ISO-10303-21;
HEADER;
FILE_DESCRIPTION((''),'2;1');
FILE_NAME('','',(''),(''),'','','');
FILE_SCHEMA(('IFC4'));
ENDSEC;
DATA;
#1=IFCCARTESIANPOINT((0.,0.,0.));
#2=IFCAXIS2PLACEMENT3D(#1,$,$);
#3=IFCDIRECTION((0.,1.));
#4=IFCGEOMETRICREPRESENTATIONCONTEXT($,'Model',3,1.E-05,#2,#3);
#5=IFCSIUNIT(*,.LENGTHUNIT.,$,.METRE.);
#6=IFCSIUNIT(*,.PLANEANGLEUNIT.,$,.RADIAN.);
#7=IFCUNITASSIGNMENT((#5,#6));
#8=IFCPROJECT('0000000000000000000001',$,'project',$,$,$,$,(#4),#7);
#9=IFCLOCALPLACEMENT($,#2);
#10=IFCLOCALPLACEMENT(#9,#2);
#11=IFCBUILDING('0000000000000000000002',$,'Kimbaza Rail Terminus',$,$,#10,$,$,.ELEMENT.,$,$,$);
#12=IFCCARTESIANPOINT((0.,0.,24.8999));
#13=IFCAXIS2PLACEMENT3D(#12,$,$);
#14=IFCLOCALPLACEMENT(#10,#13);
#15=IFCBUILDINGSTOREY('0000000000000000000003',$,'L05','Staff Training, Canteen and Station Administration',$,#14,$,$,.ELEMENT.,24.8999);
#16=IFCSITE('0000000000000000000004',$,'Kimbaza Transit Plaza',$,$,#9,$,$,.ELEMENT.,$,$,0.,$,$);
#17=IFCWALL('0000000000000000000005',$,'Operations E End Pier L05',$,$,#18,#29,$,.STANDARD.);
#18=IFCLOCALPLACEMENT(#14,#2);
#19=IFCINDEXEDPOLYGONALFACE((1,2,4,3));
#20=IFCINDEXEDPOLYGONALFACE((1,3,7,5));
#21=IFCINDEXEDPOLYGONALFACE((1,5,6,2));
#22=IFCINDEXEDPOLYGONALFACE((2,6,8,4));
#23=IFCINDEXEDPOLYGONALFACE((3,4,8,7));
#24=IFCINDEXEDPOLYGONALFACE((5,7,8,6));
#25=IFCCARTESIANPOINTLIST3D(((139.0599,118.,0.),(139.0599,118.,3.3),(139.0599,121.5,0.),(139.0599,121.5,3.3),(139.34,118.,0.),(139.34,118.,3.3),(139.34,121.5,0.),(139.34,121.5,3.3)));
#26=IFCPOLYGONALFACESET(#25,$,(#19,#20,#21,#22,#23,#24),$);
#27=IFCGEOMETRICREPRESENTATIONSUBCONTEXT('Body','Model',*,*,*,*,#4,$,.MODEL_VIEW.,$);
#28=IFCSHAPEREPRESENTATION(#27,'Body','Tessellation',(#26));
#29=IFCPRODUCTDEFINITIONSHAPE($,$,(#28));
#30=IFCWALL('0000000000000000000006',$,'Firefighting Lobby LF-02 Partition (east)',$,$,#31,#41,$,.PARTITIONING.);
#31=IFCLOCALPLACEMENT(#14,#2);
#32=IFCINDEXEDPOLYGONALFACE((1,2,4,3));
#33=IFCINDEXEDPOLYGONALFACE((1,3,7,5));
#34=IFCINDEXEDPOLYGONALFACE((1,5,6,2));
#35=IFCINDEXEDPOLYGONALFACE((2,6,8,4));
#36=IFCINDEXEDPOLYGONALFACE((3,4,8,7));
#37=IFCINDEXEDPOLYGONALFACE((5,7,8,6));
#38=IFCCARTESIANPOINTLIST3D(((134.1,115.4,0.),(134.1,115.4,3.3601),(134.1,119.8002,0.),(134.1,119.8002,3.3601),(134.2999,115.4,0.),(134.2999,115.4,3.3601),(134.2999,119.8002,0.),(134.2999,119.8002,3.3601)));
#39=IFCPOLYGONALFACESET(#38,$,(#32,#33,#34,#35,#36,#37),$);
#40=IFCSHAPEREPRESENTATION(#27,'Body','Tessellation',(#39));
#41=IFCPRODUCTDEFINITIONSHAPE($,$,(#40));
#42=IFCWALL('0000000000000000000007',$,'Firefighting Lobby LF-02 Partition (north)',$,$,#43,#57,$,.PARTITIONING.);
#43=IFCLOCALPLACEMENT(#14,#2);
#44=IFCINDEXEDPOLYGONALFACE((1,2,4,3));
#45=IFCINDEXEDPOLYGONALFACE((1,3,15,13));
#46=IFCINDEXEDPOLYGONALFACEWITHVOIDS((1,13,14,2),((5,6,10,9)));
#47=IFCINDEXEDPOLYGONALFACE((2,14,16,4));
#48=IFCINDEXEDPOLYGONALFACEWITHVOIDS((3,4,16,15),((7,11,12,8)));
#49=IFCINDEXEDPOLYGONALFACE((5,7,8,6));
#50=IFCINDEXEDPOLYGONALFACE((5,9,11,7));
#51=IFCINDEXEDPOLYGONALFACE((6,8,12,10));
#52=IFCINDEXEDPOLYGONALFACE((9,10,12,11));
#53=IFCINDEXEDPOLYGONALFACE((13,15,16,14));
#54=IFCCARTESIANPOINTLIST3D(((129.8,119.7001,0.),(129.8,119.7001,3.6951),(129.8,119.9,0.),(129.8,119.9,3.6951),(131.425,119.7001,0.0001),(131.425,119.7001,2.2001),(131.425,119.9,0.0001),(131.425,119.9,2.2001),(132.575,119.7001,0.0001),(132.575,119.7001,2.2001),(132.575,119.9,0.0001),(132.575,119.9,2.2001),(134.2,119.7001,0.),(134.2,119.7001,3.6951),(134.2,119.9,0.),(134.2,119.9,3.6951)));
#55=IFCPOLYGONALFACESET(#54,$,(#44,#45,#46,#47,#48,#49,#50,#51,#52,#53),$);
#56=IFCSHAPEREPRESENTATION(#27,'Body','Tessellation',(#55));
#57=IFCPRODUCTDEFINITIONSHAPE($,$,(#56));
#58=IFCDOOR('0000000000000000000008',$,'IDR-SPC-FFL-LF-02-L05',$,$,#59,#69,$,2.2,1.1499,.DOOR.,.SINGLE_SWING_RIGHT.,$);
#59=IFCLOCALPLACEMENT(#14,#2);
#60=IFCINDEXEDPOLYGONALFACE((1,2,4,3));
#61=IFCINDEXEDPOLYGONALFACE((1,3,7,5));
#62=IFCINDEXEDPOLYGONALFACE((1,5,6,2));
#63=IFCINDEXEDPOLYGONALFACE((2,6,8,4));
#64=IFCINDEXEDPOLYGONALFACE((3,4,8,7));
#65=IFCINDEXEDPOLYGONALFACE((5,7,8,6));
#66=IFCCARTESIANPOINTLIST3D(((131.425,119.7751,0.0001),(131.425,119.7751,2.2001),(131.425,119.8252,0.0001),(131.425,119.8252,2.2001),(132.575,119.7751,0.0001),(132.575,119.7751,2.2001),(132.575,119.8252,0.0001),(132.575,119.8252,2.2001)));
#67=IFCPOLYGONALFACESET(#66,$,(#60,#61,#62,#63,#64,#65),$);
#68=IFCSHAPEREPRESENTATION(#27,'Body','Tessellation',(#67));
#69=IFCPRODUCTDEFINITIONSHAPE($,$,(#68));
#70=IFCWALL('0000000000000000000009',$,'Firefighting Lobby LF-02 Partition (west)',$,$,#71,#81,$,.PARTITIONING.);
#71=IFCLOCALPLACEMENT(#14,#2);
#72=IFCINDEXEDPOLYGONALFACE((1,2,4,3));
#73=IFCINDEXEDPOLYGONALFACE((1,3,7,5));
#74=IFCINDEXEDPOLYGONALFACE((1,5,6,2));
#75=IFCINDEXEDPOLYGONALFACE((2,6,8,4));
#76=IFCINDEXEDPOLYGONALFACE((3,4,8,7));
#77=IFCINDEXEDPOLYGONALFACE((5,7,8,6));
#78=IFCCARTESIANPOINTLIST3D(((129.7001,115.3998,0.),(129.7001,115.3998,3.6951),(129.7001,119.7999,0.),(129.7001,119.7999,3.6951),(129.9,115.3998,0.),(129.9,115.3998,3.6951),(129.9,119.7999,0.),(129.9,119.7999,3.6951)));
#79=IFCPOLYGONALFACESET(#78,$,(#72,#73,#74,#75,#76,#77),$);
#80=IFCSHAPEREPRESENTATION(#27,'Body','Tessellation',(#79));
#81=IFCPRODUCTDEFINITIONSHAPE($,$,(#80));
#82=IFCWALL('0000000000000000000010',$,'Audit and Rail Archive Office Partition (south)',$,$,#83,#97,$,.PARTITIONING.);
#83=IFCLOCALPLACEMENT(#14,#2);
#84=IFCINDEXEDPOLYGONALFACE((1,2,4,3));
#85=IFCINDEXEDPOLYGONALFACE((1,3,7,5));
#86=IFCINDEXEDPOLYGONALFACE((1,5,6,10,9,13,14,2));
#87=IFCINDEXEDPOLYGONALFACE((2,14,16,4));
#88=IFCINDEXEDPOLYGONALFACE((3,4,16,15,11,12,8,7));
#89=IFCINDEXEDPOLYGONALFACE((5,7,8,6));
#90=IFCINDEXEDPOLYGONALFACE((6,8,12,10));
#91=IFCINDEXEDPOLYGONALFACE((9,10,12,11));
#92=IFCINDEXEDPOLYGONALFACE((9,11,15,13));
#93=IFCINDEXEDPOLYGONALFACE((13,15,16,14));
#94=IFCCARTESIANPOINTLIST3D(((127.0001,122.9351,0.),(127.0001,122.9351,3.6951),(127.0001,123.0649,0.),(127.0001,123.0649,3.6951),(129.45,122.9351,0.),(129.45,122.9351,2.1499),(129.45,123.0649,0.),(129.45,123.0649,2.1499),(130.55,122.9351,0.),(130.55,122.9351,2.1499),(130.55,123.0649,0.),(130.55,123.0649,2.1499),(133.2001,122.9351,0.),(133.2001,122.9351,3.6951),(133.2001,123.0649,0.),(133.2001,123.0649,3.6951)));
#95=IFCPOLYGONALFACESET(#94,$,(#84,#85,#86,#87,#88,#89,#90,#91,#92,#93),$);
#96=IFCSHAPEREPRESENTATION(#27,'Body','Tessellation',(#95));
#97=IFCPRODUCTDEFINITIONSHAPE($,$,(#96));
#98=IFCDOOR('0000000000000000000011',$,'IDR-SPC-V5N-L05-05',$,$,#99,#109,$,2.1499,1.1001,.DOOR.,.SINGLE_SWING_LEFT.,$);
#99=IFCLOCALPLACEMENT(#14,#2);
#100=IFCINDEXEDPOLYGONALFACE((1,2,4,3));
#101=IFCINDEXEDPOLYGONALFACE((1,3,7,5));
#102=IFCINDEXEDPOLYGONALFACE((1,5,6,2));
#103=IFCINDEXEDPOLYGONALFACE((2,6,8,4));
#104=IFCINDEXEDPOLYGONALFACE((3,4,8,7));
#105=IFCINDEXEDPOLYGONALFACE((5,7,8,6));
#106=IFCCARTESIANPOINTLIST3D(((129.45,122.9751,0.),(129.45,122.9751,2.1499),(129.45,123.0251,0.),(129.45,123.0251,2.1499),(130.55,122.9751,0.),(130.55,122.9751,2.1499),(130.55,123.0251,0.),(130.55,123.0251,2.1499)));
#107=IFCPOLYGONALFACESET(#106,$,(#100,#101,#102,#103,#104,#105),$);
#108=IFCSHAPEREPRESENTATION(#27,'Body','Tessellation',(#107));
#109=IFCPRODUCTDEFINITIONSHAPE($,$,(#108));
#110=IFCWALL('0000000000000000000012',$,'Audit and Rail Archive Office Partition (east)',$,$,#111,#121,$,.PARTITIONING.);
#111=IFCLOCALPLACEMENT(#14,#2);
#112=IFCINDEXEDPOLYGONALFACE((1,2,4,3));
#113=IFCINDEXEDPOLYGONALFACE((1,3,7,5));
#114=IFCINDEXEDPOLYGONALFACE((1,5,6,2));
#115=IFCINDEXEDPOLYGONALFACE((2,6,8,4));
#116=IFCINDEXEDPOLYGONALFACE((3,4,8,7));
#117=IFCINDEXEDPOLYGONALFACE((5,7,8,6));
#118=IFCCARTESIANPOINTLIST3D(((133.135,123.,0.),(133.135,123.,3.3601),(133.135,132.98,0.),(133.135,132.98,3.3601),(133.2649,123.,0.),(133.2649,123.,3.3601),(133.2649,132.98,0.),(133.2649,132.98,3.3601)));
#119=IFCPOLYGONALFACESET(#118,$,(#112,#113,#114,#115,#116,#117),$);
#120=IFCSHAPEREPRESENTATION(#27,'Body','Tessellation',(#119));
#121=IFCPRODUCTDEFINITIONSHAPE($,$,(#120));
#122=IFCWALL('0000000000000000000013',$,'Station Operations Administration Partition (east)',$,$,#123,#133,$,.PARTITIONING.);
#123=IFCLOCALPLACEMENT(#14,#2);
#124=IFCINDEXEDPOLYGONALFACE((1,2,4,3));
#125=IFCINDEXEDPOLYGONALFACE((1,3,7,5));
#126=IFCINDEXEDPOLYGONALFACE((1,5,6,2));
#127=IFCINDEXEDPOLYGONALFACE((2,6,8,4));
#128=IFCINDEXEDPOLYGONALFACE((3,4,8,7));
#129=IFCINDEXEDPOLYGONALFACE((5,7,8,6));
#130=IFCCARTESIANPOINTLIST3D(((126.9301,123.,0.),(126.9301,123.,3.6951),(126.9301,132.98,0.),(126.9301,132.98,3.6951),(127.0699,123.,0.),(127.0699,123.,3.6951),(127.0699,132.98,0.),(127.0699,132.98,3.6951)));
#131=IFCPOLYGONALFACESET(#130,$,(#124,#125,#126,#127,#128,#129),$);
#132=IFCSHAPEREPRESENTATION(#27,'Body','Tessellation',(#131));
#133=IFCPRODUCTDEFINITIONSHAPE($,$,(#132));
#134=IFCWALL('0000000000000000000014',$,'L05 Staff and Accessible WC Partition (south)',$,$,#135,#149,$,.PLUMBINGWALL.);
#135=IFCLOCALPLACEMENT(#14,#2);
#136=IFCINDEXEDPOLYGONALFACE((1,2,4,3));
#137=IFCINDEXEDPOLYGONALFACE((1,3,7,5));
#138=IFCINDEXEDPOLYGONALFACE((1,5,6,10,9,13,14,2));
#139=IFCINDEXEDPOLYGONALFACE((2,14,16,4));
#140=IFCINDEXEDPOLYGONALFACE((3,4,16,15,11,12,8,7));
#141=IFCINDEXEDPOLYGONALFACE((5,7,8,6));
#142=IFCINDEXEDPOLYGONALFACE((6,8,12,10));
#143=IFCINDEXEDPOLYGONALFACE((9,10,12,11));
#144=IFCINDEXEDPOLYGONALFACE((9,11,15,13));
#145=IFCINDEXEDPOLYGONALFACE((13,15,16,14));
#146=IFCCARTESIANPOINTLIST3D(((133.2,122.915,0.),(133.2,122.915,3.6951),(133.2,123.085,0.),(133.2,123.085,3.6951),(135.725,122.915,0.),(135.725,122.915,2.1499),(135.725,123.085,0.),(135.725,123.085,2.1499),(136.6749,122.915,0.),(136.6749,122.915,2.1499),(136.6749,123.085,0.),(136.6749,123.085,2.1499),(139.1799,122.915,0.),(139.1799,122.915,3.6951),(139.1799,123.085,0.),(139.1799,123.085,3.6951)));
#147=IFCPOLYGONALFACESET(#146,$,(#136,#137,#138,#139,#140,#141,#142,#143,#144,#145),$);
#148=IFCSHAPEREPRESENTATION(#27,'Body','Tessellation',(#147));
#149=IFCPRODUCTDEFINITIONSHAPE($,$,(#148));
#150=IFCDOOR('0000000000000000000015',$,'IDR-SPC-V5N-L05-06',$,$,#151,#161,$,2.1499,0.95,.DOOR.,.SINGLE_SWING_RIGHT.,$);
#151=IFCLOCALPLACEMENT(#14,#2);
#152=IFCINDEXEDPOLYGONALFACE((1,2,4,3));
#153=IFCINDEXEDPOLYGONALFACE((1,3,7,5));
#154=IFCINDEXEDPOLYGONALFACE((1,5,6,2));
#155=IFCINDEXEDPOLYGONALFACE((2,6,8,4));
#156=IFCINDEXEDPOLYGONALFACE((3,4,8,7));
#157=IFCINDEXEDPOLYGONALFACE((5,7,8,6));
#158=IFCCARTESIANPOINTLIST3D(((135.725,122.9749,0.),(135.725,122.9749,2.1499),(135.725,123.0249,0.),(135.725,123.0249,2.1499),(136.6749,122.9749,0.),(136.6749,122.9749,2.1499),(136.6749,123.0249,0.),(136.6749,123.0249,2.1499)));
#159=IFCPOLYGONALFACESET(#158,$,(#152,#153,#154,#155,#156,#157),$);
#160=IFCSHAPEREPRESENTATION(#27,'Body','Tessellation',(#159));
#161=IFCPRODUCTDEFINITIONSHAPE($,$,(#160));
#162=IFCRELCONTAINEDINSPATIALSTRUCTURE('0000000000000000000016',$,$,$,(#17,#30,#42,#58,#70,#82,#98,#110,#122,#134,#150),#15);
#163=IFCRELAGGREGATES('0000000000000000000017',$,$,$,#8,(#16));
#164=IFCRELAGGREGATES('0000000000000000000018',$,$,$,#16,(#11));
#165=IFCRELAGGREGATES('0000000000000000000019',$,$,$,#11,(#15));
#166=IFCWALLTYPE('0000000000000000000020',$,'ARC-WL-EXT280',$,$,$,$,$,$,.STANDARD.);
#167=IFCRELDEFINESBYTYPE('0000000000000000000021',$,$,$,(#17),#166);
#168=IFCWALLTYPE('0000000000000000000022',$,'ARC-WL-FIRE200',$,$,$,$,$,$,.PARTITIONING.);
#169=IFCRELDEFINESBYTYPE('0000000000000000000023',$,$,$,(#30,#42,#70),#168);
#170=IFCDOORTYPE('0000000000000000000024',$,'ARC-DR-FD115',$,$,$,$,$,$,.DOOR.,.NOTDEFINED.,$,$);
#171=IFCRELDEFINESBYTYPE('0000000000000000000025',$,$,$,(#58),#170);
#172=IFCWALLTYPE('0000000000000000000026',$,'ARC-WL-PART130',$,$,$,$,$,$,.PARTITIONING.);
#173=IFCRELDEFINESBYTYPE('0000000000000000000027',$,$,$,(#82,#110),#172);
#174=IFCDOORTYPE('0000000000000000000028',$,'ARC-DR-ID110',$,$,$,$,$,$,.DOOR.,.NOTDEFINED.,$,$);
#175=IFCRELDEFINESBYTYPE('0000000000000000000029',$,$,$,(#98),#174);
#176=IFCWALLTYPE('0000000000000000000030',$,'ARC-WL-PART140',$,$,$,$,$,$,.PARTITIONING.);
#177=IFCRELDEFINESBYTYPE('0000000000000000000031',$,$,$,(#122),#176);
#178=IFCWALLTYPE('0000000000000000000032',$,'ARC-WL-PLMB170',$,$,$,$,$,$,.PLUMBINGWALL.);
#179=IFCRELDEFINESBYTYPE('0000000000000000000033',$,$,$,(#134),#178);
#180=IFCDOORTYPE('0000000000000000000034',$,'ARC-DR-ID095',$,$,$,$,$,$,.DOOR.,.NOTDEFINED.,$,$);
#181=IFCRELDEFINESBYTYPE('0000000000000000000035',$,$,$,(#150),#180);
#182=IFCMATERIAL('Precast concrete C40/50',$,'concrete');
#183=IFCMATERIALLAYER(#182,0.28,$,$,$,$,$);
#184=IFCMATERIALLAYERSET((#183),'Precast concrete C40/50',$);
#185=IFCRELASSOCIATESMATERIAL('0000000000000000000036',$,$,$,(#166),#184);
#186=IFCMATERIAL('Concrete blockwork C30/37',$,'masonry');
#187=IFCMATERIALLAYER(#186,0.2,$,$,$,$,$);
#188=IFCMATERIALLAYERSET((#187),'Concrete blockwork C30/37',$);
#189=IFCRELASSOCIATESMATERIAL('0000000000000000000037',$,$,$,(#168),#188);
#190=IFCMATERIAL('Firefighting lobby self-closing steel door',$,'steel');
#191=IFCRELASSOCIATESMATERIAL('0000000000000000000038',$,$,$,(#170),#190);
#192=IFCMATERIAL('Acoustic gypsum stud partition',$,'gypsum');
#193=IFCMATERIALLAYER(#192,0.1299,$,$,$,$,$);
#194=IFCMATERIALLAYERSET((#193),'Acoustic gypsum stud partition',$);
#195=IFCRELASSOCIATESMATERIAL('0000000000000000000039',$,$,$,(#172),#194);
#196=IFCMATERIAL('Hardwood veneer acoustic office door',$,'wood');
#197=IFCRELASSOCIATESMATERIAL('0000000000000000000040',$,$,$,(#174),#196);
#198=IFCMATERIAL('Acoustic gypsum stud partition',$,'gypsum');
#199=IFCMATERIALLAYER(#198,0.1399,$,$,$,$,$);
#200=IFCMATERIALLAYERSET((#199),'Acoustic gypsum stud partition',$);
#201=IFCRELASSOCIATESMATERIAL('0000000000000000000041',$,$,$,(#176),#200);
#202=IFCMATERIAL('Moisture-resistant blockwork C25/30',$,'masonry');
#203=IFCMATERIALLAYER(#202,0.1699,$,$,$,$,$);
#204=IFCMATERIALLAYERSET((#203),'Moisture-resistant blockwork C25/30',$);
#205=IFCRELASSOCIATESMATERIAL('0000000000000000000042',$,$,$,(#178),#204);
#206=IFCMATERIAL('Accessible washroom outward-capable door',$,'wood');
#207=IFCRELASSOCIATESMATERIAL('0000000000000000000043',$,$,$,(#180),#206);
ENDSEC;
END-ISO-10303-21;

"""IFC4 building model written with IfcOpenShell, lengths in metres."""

from ifc_helpers import new_model, si_unit, direction, frame, frame_2d, origin, place, context, subcontext, project, spatial, rectangle, extrude, material, layer, layer_set, type_object, element, fill, save


model = new_model("IFC4")

# Units and contexts
model_context = context("Model", 3, precision=1e-05, world=origin(), true_north=direction((0.0, 1.0)))
body_context = subcontext(model_context, "Body", "Model", "MODEL_VIEW")
ifc_project = project(units=[si_unit("LENGTHUNIT", "METRE"), si_unit("PLANEANGLEUNIT", "RADIAN")], contexts=[model_context])

# Site, building, storey
site_placement = place(None, origin())
site = spatial("IfcSite", under=ifc_project, at=site_placement, Name="Kimbaza Transit Plaza", CompositionType="ELEMENT", RefElevation=0.0)
building_placement = place(site_placement, origin())
building = spatial("IfcBuilding", under=site, at=building_placement, Name="Kimbaza Rail Terminus", CompositionType="ELEMENT")
storey_placement = place(building_placement, frame((0.0, 0.0, 24.8999)))
storey = spatial("IfcBuildingStorey", under=building, at=storey_placement, Name="L05", Description="Staff Training, Canteen and Station Administration", CompositionType="ELEMENT", Elevation=24.8999)

# Walls
ifc_material_1 = material(Name="Precast concrete C40/50", Category="concrete")
ifc_layer_1 = layer(ifc_material_1, 0.28)
ifc_layer_set_1 = layer_set([ifc_layer_1], Name="Precast concrete C40/50")
wall_type_1 = type_object("IfcWallType", Name="ARC-WL-EXT280", PredefinedType="STANDARD", material=ifc_layer_set_1)
wall_1_placement = place(storey_placement, frame((139.2, 118.0, 0.0), z_axis=(0.0, 0.0, 1.0), x_axis=(0.0, 1.0, 0.0)))
element("IfcWall", 1, at=wall_1_placement, inside=storey, type_object=wall_type_1, Name="Operations E End Pier L05", PredefinedType="STANDARD", context=body_context, shape_type="SweptSolid", body=[
    extrude(rectangle(XDim=3.5, YDim=0.28, at=frame_2d((1.75, 0.0))), origin(), (0.0, 0.0, 1.0), 3.3),
])
ifc_material_2 = material(Name="Concrete blockwork C30/37", Category="masonry")
ifc_layer_2 = layer(ifc_material_2, 0.2)
ifc_layer_set_2 = layer_set([ifc_layer_2], Name="Concrete blockwork C30/37")
wall_type_2 = type_object("IfcWallType", Name="ARC-WL-FIRE200", PredefinedType="PARTITIONING", material=ifc_layer_set_2)
wall_2_placement = place(storey_placement, frame((134.2, 115.3999, 0.0), z_axis=(0.0, 0.0, 1.0), x_axis=(0.0, 1.0, 0.0)))
element("IfcWall", 2, at=wall_2_placement, inside=storey, type_object=wall_type_2, Name="Firefighting Lobby LF-02 Partition (east)", PredefinedType="PARTITIONING", context=body_context, shape_type="SweptSolid", body=[
    extrude(rectangle(XDim=4.4001, YDim=0.2, at=frame_2d((2.2002, 0.0))), origin(), (0.0, 0.0, 1.0), 3.3601),
])

# Wall, opening, door
wall_3_placement = place(storey_placement, frame((134.2, 119.8, 0.0), z_axis=(0.0, 0.0, 1.0), x_axis=(-1.0, 0.0, 0.0)))
wall_3 = element("IfcWall", 3, at=wall_3_placement, inside=storey, type_object=wall_type_2, Name="Firefighting Lobby LF-02 Partition (north)", PredefinedType="PARTITIONING", context=body_context, shape_type="SweptSolid", body=[
    extrude(rectangle(XDim=4.3999, YDim=0.2, at=frame_2d((2.2, 0.0))), origin(), (0.0, 0.0, 1.0), 3.6951),
])
opening_1_placement = place(wall_3_placement, frame((1.625, 0.0, 0.0)))
opening_1 = element("IfcOpeningElement", 4, at=opening_1_placement, cuts=wall_3, PredefinedType="OPENING", context=body_context, shape_type="SweptSolid", body=[
    extrude(rectangle(XDim=1.1499, YDim=2.2, at=frame_2d((0.575, 1.1001))), frame((0.0, 0.1099, 0.0), z_axis=(0.0, -1.0, 0.0), x_axis=(1.0, 0.0, 0.0)), (0.0, 0.0, 1.0), 0.22),
])
ifc_material_3 = material(Name="Firefighting lobby self-closing steel door", Category="steel")
door_type_1 = type_object("IfcDoorType", Name="ARC-DR-FD115", OperationType="NOTDEFINED", PredefinedType="DOOR", material=ifc_material_3)
door_1_placement = place(opening_1_placement, origin())
door_1 = element("IfcDoor", 5, at=door_1_placement, inside=storey, type_object=door_type_1, Name="IDR-SPC-FFL-LF-02-L05", OperationType="SINGLE_SWING_RIGHT", OverallHeight=2.2, OverallWidth=1.1499, PredefinedType="DOOR", context=body_context, shape_type="SweptSolid", body=[
    extrude(rectangle(XDim=1.1499, YDim=2.2, at=frame_2d((0.575, 1.1001))), frame((0.0, 0.0249, 0.0), z_axis=(0.0, -1.0, 0.0), x_axis=(1.0, 0.0, 0.0)), (0.0, 0.0, 1.0), 0.05),
])
fill(opening_1, door_1)

# Wall
wall_4_placement = place(storey_placement, frame((129.8, 119.8, 0.0), z_axis=(0.0, 0.0, 1.0), x_axis=(0.0, -1.0, 0.0)))
element("IfcWall", 6, at=wall_4_placement, inside=storey, type_object=wall_type_2, Name="Firefighting Lobby LF-02 Partition (west)", PredefinedType="PARTITIONING", context=body_context, shape_type="SweptSolid", body=[
    extrude(rectangle(XDim=4.4001, YDim=0.2, at=frame_2d((2.2002, 0.0))), origin(), (0.0, 0.0, 1.0), 3.6951),
])

# Wall, opening, door
ifc_material_4 = material(Name="Acoustic gypsum stud partition", Category="gypsum")
ifc_layer_3 = layer(ifc_material_4, 0.1299)
ifc_layer_set_3 = layer_set([ifc_layer_3], Name="Acoustic gypsum stud partition")
wall_type_3 = type_object("IfcWallType", Name="ARC-WL-PART130", PredefinedType="PARTITIONING", material=ifc_layer_set_3)
wall_5_placement = place(storey_placement, frame((127.0, 123.0, 0.0), z_axis=(0.0, 0.0, 1.0), x_axis=(1.0, 0.0, 0.0)))
wall_5 = element("IfcWall", 7, at=wall_5_placement, inside=storey, type_object=wall_type_3, Name="Audit and Rail Archive Office Partition (south)", PredefinedType="PARTITIONING", context=body_context, shape_type="SweptSolid", body=[
    extrude(rectangle(XDim=6.2, YDim=0.1299, at=frame_2d((3.1001, 0.0))), origin(), (0.0, 0.0, 1.0), 3.6951),
])
opening_2_placement = place(wall_5_placement, frame((3.55, 0.0, 0.0), z_axis=(0.0, 0.0, 1.0), x_axis=(-1.0, 0.0, 0.0)))
opening_2 = element("IfcOpeningElement", 8, at=opening_2_placement, cuts=wall_5, PredefinedType="OPENING", context=body_context, shape_type="SweptSolid", body=[
    extrude(rectangle(XDim=1.1001, YDim=2.1499, at=frame_2d((0.55, 1.075))), frame((0.0, 0.075, 0.0), z_axis=(0.0, -1.0, 0.0), x_axis=(1.0, 0.0, 0.0)), (0.0, 0.0, 1.0), 0.1499),
])
ifc_material_5 = material(Name="Hardwood veneer acoustic office door", Category="wood")
door_type_2 = type_object("IfcDoorType", Name="ARC-DR-ID110", OperationType="NOTDEFINED", PredefinedType="DOOR", material=ifc_material_5)
door_2_placement = place(opening_2_placement, origin())
door_2 = element("IfcDoor", 9, at=door_2_placement, inside=storey, type_object=door_type_2, Name="IDR-SPC-V5N-L05-05", OperationType="SINGLE_SWING_LEFT", OverallHeight=2.1499, OverallWidth=1.1001, PredefinedType="DOOR", context=body_context, shape_type="SweptSolid", body=[
    extrude(rectangle(XDim=1.1001, YDim=2.1499, at=frame_2d((0.55, 1.075))), frame((0.0, 0.0249, 0.0), z_axis=(0.0, -1.0, 0.0), x_axis=(1.0, 0.0, 0.0)), (0.0, 0.0, 1.0), 0.05),
])
fill(opening_2, door_2)

# Walls
wall_6_placement = place(storey_placement, frame((133.2, 123.0, 0.0), z_axis=(0.0, 0.0, 1.0), x_axis=(0.0, 1.0, 0.0)))
element("IfcWall", 10, at=wall_6_placement, inside=storey, type_object=wall_type_3, Name="Audit and Rail Archive Office Partition (east)", PredefinedType="PARTITIONING", context=body_context, shape_type="SweptSolid", body=[
    extrude(rectangle(XDim=9.98, YDim=0.1299, at=frame_2d((4.99, 0.0))), origin(), (0.0, 0.0, 1.0), 3.3601),
])
ifc_material_6 = material(Name="Acoustic gypsum stud partition", Category="gypsum")
ifc_layer_4 = layer(ifc_material_6, 0.1399)
ifc_layer_set_4 = layer_set([ifc_layer_4], Name="Acoustic gypsum stud partition")
wall_type_4 = type_object("IfcWallType", Name="ARC-WL-PART140", PredefinedType="PARTITIONING", material=ifc_layer_set_4)
wall_7_placement = place(storey_placement, frame((127.0, 123.0, 0.0), z_axis=(0.0, 0.0, 1.0), x_axis=(0.0, 1.0, 0.0)))
element("IfcWall", 11, at=wall_7_placement, inside=storey, type_object=wall_type_4, Name="Station Operations Administration Partition (east)", PredefinedType="PARTITIONING", context=body_context, shape_type="SweptSolid", body=[
    extrude(rectangle(XDim=9.98, YDim=0.1399, at=frame_2d((4.99, 0.0))), origin(), (0.0, 0.0, 1.0), 3.6951),
])

# Wall, opening, door
ifc_material_7 = material(Name="Moisture-resistant blockwork C25/30", Category="masonry")
ifc_layer_5 = layer(ifc_material_7, 0.1699)
ifc_layer_set_5 = layer_set([ifc_layer_5], Name="Moisture-resistant blockwork C25/30")
wall_type_5 = type_object("IfcWallType", Name="ARC-WL-PLMB170", PredefinedType="PLUMBINGWALL", material=ifc_layer_set_5)
wall_8_placement = place(storey_placement, frame((133.2, 123.0, 0.0), z_axis=(0.0, 0.0, 1.0), x_axis=(1.0, 0.0, 0.0)))
wall_8 = element("IfcWall", 12, at=wall_8_placement, inside=storey, type_object=wall_type_5, Name="L05 Staff and Accessible WC Partition (south)", PredefinedType="PLUMBINGWALL", context=body_context, shape_type="SweptSolid", body=[
    extrude(rectangle(XDim=5.98, YDim=0.1699, at=frame_2d((2.99, 0.0))), origin(), (0.0, 0.0, 1.0), 3.6951),
])
opening_3_placement = place(wall_8_placement, frame((2.5249, 0.0, 0.0)))
opening_3 = element("IfcOpeningElement", 13, at=opening_3_placement, cuts=wall_8, PredefinedType="OPENING", context=body_context, shape_type="SweptSolid", body=[
    extrude(rectangle(XDim=0.95, YDim=2.1499, at=frame_2d((0.4751, 1.075))), frame((0.0, 0.095, 0.0), z_axis=(0.0, -1.0, 0.0), x_axis=(1.0, 0.0, 0.0)), (0.0, 0.0, 1.0), 0.1899),
])
ifc_material_8 = material(Name="Accessible washroom outward-capable door", Category="wood")
door_type_3 = type_object("IfcDoorType", Name="ARC-DR-ID095", OperationType="NOTDEFINED", PredefinedType="DOOR", material=ifc_material_8)
door_3_placement = place(opening_3_placement, origin())
door_3 = element("IfcDoor", 14, at=door_3_placement, inside=storey, type_object=door_type_3, Name="IDR-SPC-V5N-L05-06", OperationType="SINGLE_SWING_RIGHT", OverallHeight=2.1499, OverallWidth=0.95, PredefinedType="DOOR", context=body_context, shape_type="SweptSolid", body=[
    extrude(rectangle(XDim=0.95, YDim=2.1499, at=frame_2d((0.4751, 1.075))), frame((0.0, 0.0249, 0.0), z_axis=(0.0, -1.0, 0.0), x_axis=(1.0, 0.0, 0.0)), (0.0, 0.0, 1.0), 0.05),
])
fill(opening_3, door_3)

save(model, "model.ifc")
